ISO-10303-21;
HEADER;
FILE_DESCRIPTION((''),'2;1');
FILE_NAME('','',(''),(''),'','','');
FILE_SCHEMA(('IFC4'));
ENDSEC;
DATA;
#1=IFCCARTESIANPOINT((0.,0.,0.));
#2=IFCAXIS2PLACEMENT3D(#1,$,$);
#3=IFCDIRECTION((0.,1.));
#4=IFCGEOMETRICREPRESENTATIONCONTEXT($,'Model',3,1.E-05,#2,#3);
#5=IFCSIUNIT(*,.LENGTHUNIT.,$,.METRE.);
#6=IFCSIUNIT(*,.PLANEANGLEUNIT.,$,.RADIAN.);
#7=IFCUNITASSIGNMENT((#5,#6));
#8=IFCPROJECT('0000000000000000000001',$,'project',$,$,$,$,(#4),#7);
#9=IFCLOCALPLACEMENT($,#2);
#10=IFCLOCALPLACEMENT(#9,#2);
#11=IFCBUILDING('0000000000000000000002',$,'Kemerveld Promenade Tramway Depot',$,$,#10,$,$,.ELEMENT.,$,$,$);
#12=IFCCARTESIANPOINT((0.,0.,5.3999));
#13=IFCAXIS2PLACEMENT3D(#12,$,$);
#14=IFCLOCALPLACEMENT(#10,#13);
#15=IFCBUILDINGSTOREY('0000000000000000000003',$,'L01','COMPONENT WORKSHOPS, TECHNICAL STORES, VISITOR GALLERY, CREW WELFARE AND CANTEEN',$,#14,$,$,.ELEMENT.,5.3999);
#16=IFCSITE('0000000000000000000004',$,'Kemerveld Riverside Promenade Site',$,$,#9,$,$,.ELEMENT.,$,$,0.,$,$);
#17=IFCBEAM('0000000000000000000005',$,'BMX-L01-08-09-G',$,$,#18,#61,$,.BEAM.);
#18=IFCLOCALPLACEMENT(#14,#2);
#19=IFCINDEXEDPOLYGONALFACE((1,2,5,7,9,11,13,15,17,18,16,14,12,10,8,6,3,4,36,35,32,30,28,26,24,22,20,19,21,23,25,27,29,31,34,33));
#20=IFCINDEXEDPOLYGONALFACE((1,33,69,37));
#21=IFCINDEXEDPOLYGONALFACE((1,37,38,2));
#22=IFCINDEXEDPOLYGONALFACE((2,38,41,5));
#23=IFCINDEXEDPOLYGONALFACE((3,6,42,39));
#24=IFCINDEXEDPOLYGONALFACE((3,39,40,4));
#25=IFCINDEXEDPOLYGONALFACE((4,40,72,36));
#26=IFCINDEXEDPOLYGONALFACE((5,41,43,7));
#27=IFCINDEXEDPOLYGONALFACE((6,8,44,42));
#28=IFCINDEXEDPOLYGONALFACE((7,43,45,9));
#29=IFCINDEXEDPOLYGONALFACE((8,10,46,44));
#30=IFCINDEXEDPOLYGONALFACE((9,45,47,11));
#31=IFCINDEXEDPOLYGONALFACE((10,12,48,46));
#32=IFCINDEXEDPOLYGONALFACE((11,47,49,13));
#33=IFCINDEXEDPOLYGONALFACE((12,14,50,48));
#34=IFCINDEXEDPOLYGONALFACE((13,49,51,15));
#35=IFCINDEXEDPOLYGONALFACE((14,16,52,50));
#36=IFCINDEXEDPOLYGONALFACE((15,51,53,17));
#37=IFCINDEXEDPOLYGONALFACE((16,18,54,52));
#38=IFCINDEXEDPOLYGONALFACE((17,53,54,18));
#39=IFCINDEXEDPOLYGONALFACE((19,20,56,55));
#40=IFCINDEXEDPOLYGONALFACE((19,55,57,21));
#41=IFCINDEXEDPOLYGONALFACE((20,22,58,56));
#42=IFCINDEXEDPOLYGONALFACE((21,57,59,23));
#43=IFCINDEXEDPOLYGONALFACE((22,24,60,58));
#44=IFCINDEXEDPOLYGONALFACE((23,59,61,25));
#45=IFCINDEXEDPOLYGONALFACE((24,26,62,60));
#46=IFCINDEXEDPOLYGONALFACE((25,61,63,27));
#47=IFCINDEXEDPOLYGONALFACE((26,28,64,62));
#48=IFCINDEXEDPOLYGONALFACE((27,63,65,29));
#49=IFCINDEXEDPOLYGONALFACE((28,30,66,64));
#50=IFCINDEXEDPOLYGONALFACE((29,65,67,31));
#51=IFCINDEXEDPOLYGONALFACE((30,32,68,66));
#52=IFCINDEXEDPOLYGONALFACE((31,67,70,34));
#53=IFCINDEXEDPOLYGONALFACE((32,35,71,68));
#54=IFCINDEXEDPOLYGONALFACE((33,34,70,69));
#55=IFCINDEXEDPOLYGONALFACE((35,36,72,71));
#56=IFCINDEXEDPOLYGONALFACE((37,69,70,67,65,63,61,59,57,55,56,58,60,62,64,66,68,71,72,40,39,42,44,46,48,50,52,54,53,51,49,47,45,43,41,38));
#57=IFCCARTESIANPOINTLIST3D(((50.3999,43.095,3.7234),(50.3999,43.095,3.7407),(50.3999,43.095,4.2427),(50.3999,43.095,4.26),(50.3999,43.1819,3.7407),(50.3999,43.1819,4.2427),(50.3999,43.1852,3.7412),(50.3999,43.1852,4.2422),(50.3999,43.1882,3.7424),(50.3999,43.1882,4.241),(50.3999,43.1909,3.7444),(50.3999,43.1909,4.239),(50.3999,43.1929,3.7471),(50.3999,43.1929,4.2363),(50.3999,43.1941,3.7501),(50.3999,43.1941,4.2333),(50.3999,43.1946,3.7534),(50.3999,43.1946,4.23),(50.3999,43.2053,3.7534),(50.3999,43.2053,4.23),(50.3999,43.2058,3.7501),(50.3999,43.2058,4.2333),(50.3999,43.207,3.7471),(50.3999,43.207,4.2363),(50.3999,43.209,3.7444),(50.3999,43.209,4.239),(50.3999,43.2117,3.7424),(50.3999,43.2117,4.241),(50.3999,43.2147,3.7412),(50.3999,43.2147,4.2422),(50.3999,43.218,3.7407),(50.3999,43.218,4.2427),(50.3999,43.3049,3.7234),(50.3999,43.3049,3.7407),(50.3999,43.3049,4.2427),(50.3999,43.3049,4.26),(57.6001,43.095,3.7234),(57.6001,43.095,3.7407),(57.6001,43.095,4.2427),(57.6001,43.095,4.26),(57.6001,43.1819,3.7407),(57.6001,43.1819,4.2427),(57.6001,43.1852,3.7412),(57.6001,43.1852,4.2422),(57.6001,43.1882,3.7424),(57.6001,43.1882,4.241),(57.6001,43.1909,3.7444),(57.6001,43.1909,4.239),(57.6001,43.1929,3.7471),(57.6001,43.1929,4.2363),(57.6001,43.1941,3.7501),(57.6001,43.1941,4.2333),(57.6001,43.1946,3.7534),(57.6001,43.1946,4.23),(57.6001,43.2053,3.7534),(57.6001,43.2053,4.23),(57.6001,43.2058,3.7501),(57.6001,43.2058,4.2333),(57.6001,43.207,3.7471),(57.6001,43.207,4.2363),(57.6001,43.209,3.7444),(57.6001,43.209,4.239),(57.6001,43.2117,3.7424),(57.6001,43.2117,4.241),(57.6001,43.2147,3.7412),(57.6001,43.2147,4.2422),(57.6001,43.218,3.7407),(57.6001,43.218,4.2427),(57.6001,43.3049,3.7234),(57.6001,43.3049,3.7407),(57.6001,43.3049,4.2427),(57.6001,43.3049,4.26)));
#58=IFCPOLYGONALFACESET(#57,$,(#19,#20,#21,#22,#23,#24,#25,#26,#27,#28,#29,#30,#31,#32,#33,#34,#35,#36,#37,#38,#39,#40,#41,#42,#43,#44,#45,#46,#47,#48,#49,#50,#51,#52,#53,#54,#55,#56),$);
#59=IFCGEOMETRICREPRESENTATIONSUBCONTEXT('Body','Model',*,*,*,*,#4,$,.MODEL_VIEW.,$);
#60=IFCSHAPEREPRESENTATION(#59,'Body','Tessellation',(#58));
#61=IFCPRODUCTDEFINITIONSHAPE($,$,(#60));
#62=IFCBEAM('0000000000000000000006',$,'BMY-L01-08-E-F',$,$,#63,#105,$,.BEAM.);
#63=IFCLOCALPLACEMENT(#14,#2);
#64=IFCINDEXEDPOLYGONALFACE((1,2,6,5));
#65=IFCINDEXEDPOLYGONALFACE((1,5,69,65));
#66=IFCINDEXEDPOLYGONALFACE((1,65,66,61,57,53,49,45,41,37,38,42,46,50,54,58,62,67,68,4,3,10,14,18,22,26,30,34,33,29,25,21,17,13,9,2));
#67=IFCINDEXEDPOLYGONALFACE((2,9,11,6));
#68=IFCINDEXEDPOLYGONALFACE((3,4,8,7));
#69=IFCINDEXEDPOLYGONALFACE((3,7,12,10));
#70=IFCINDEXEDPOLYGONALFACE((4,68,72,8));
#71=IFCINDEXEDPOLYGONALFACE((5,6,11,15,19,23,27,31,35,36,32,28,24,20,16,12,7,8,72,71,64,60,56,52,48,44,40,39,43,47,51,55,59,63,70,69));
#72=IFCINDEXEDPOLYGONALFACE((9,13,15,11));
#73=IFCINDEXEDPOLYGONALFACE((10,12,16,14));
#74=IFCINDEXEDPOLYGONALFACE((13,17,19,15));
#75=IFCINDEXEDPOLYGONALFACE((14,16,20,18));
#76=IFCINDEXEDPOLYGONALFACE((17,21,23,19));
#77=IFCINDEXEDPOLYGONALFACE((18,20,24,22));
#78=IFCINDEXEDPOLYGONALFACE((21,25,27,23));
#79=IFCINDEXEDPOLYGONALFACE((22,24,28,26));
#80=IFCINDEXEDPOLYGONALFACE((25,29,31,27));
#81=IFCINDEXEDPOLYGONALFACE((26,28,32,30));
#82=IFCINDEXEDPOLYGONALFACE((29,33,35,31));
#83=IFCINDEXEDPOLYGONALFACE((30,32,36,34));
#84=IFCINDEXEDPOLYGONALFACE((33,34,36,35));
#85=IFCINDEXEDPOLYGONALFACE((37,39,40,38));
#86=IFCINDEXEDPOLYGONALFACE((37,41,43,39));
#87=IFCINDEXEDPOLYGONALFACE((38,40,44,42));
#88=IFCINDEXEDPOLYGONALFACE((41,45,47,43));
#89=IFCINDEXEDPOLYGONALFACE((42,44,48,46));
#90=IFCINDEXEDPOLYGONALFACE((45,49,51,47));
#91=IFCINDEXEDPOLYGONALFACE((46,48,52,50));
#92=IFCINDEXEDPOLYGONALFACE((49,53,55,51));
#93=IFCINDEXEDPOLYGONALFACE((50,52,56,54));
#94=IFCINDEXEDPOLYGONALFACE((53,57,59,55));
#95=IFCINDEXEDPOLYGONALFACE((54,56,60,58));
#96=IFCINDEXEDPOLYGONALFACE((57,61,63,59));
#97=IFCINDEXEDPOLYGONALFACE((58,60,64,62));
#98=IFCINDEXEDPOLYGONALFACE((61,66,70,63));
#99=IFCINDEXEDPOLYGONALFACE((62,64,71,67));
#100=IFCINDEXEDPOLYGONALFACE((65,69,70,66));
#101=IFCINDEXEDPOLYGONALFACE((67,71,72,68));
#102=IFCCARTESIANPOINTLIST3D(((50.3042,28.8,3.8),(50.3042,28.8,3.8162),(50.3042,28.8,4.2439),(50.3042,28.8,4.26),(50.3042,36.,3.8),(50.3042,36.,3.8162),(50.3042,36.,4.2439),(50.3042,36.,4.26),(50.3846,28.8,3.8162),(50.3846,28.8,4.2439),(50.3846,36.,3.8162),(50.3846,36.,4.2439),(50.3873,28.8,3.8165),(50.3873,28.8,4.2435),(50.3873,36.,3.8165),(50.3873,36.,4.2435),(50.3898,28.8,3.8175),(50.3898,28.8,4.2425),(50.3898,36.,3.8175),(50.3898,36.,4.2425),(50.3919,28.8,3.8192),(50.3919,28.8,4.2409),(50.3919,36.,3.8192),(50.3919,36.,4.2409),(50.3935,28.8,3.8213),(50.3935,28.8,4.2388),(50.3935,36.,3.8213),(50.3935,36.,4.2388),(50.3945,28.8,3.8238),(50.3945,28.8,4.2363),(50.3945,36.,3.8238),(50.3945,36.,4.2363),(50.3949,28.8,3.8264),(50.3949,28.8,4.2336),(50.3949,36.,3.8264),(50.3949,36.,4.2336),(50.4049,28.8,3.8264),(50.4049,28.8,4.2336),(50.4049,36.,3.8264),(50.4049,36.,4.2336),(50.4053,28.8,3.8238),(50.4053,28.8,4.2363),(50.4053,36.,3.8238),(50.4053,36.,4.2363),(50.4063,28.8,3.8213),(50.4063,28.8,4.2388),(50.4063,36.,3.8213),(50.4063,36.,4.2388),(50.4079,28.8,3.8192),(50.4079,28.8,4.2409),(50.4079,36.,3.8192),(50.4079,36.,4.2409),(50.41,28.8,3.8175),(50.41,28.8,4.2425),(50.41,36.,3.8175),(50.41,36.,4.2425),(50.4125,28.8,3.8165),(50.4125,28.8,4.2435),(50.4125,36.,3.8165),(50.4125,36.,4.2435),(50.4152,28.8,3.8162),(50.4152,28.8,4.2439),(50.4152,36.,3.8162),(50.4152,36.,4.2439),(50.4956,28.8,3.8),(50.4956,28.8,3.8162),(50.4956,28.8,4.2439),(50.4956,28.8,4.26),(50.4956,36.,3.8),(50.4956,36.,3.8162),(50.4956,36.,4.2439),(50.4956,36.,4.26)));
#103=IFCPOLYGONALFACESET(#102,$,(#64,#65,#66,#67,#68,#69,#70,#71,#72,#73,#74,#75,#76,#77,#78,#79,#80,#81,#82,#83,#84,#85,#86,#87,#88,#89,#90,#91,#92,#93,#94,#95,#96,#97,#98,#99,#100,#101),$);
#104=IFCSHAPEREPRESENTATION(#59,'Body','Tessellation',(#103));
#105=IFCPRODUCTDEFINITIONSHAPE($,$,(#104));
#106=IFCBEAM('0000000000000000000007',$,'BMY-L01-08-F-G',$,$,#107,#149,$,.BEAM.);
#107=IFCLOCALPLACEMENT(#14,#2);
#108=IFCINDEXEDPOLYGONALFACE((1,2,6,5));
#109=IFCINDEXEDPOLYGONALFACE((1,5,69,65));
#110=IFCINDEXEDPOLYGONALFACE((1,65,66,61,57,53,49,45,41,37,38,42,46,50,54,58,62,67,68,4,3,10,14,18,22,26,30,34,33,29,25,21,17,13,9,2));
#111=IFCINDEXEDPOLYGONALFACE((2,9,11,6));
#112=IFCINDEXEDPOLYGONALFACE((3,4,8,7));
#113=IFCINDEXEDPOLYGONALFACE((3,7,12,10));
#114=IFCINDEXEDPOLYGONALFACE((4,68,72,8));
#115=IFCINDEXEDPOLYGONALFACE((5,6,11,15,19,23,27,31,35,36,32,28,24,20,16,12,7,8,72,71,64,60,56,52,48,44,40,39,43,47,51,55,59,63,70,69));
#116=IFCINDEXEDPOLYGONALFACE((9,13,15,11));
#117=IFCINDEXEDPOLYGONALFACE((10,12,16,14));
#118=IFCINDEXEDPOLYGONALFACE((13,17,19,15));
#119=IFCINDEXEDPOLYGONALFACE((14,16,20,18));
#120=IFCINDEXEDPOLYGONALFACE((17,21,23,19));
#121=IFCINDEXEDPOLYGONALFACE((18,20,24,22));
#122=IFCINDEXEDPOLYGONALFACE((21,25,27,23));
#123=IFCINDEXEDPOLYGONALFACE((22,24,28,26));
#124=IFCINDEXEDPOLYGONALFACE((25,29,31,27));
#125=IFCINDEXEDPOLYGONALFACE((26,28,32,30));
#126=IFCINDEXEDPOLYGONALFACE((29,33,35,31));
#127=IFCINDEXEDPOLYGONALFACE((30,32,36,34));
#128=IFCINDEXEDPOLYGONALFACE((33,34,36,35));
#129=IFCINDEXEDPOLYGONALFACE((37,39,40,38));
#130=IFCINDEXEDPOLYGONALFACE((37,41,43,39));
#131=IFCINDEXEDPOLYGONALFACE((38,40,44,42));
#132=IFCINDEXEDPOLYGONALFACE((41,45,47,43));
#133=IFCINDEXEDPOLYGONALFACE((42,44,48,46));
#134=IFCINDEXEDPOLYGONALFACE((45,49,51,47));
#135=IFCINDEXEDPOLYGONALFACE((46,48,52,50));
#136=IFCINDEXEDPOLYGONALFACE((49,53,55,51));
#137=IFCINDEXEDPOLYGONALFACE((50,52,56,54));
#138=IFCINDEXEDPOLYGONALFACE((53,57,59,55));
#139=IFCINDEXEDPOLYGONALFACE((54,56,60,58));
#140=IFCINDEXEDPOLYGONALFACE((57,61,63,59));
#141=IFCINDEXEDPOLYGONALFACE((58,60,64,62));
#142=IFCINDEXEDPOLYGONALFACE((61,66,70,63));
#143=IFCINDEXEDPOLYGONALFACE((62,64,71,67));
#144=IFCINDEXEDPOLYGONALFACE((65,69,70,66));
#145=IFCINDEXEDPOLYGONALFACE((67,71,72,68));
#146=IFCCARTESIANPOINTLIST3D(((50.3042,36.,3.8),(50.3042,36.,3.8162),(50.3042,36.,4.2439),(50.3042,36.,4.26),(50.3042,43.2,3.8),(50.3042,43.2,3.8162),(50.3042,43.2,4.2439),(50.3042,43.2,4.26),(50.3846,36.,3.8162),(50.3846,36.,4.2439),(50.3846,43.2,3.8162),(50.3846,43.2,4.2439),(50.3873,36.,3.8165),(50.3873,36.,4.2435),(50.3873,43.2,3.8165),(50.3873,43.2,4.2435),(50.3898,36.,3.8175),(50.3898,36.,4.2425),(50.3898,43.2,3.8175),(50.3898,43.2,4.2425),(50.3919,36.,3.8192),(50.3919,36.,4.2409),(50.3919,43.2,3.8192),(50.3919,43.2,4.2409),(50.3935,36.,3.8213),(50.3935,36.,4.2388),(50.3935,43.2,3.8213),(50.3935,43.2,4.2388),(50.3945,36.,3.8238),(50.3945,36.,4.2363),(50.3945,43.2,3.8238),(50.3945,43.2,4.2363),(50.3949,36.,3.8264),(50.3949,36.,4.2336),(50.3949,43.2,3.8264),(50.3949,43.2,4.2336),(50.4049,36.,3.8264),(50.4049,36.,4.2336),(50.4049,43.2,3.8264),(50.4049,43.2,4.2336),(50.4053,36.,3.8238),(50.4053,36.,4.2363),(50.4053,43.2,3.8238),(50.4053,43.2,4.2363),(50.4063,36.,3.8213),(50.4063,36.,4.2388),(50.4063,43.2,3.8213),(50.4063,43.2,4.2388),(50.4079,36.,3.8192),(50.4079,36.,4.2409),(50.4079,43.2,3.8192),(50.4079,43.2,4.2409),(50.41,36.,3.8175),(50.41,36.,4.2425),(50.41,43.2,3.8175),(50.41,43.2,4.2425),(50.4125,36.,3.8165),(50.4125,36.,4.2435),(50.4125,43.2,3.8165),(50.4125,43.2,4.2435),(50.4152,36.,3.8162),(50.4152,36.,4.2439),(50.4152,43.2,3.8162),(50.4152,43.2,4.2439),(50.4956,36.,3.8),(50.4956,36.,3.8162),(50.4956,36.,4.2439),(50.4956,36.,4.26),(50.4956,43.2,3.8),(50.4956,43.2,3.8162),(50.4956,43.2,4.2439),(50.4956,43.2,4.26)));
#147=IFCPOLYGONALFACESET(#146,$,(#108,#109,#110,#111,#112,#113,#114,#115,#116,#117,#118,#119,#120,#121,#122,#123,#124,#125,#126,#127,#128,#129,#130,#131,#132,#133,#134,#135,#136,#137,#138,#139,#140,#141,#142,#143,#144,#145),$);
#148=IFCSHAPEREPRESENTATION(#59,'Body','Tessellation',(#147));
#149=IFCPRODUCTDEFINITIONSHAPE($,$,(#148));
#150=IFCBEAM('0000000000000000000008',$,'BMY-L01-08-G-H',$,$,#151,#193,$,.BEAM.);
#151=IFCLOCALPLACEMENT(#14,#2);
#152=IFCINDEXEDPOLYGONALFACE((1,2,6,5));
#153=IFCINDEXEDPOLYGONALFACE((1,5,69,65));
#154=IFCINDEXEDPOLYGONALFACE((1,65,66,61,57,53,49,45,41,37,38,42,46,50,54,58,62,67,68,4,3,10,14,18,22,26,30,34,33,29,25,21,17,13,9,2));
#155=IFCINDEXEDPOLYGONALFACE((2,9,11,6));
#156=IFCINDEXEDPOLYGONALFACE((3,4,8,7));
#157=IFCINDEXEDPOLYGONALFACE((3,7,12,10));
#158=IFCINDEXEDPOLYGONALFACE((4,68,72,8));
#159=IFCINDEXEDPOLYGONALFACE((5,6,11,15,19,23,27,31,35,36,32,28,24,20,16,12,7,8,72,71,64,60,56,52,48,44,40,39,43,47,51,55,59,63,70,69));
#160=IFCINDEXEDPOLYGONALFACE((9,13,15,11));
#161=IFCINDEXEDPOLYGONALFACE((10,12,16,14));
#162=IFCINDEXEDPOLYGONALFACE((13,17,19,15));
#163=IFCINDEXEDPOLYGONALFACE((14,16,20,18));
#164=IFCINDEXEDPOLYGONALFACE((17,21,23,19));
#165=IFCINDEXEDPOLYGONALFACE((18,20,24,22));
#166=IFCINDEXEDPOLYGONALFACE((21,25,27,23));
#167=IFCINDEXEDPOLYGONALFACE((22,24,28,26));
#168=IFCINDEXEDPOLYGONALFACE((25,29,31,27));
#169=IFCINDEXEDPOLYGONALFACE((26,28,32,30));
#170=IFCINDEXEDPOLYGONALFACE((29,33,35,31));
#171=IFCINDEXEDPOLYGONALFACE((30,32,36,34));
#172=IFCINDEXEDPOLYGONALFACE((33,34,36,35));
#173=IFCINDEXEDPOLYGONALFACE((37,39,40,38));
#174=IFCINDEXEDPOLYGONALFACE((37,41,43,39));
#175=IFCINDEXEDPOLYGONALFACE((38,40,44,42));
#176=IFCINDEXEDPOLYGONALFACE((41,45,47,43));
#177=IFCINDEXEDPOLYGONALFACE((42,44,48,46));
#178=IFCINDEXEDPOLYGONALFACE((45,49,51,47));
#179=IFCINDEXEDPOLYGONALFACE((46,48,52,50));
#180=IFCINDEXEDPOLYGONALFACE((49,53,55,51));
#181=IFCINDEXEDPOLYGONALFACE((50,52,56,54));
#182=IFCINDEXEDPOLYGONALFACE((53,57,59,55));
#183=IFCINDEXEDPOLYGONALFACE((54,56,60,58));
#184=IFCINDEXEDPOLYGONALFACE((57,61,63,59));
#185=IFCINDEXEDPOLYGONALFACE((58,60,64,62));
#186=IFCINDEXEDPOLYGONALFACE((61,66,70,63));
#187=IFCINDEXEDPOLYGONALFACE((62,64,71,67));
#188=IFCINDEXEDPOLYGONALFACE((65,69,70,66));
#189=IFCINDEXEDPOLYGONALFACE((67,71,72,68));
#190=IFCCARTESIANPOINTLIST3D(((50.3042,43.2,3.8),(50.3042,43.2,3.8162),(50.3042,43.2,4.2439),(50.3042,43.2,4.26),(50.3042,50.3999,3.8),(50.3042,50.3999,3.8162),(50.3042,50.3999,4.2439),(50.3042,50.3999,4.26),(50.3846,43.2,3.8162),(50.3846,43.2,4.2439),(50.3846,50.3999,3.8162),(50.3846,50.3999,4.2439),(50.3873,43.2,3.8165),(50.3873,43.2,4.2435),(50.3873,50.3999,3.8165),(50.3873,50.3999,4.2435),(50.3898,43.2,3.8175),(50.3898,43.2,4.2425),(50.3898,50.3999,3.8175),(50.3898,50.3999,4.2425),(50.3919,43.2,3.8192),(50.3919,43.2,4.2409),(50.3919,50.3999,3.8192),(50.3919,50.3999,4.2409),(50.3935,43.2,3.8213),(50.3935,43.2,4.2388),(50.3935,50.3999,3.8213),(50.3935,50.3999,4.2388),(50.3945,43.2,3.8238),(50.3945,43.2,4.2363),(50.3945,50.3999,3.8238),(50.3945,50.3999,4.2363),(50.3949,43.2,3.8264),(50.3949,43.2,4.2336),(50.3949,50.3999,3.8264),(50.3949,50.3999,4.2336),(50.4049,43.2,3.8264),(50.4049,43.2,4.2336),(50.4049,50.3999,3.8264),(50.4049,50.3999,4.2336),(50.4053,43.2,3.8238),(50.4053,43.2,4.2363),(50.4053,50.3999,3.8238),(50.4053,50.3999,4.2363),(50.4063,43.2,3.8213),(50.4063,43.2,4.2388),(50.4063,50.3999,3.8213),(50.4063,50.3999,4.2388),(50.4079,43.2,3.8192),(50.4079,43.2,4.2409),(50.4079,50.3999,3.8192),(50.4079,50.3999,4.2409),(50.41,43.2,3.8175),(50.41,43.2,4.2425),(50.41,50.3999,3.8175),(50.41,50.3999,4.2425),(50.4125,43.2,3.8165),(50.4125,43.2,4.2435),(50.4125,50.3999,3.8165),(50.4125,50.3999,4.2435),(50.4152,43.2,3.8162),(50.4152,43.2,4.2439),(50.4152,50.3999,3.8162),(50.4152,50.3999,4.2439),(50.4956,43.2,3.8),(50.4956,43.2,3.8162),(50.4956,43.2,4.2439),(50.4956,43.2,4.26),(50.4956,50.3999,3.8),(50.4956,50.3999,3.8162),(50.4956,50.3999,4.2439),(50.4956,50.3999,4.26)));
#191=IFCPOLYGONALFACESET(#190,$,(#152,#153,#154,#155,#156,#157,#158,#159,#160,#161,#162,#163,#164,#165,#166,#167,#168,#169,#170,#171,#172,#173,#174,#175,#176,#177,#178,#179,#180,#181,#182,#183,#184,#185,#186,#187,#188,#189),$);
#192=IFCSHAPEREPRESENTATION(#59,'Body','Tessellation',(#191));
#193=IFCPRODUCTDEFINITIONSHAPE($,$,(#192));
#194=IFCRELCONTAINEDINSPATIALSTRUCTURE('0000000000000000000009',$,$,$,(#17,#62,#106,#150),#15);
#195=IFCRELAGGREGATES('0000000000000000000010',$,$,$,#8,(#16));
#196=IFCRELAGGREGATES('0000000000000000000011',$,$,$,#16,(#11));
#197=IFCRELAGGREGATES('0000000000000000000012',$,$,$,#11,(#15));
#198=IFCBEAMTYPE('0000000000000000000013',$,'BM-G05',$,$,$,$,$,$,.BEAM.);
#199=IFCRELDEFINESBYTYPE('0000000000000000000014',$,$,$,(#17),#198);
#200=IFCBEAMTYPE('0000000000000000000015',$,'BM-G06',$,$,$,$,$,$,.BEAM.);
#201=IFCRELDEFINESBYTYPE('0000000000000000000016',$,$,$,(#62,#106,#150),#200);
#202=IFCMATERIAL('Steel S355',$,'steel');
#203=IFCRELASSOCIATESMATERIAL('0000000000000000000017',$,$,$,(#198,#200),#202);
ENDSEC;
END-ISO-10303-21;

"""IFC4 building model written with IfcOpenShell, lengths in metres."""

from ifc_helpers import new_model, si_unit, direction, frame, origin, origin_2d, place, context, subcontext, project, spatial, i_section, extrude, material, material_profile, profile_set, type_object, element, save


model = new_model("IFC4")

# Units and contexts
model_context = context("Model", 3, precision=1e-05, world=origin(), true_north=direction((0.0, 1.0)))
body_context = subcontext(model_context, "Body", "Model", "MODEL_VIEW")
ifc_project = project(units=[si_unit("LENGTHUNIT", "METRE"), si_unit("PLANEANGLEUNIT", "RADIAN")], contexts=[model_context])

# Site, building, storey
site_placement = place(None, origin())
site = spatial("IfcSite", under=ifc_project, at=site_placement, Name="Kemerveld Riverside Promenade Site", CompositionType="ELEMENT", RefElevation=0.0)
building_placement = place(site_placement, origin())
building = spatial("IfcBuilding", under=site, at=building_placement, Name="Kemerveld Promenade Tramway Depot", CompositionType="ELEMENT")
storey_placement = place(building_placement, frame((0.0, 0.0, 5.3999)))
storey = spatial("IfcBuildingStorey", under=building, at=storey_placement, Name="L01", Description="COMPONENT WORKSHOPS, TECHNICAL STORES, VISITOR GALLERY, CREW WELFARE AND CANTEEN", CompositionType="ELEMENT", Elevation=5.3999)

# Shared definitions
ifc_material_1 = material(Name="Steel S355", Category="steel")

# Beams
ifc_material_profile_1 = material_profile(ifc_material_1, i_section(OverallWidth=0.21, OverallDepth=0.5366, WebThickness=0.0107, FlangeThickness=0.0173, FilletRadius=0.0127, at=origin_2d()), Name="533x210x101 UB")
ifc_profile_set_1 = profile_set([ifc_material_profile_1], Name="Steel S355")
beam_type_1 = type_object("IfcBeamType", Name="BM-G05", PredefinedType="BEAM", material=ifc_profile_set_1)
for number, where, z_axis, x_axis, name in (
    (1, (50.3999, 43.2, 3.9917), (1.0, 0.0, 0.0), (0.0, 1.0, 0.0), "BMX-L01-08-09-G"),
):
    element("IfcBeam", number, at=place(storey_placement, frame(where, z_axis=z_axis, x_axis=x_axis)), inside=storey, type_object=beam_type_1, Name=name, PredefinedType="BEAM", context=body_context, shape_type="SweptSolid", body=[
        extrude(i_section(OverallWidth=0.21, OverallDepth=0.5366, WebThickness=0.0107, FlangeThickness=0.0173, FilletRadius=0.0127, at=origin_2d()), origin(), (0.0, 0.0, 1.0), 7.2002),
    ])
ifc_material_profile_2 = material_profile(ifc_material_1, i_section(OverallWidth=0.1914, OverallDepth=0.46, WebThickness=0.01, FlangeThickness=0.0161, FilletRadius=0.0103, at=origin_2d()), Name="457x191x82 UB")
ifc_profile_set_2 = profile_set([ifc_material_profile_2], Name="Steel S355")
beam_type_2 = type_object("IfcBeamType", Name="BM-G06", PredefinedType="BEAM", material=ifc_profile_set_2)
for number, where, z_axis, x_axis, name in (
    (2, (50.3999, 28.8, 4.03), (0.0, 1.0, 0.0), (-1.0, 0.0, 0.0), "BMY-L01-08-E-F"),
    (3, (50.3999, 36.0, 4.03), (0.0, 1.0, 0.0), (-1.0, 0.0, 0.0), "BMY-L01-08-F-G"),
    (4, (50.3999, 43.2, 4.03), (0.0, 1.0, 0.0), (-1.0, 0.0, 0.0), "BMY-L01-08-G-H"),
):
    element("IfcBeam", number, at=place(storey_placement, frame(where, z_axis=z_axis, x_axis=x_axis)), inside=storey, type_object=beam_type_2, Name=name, PredefinedType="BEAM", context=body_context, shape_type="SweptSolid", body=[
        extrude(i_section(OverallWidth=0.1914, OverallDepth=0.46, WebThickness=0.01, FlangeThickness=0.0161, FilletRadius=0.0103, at=origin_2d()), origin(), (0.0, 0.0, 1.0), 7.2),
    ])

save(model, "model.ifc")
